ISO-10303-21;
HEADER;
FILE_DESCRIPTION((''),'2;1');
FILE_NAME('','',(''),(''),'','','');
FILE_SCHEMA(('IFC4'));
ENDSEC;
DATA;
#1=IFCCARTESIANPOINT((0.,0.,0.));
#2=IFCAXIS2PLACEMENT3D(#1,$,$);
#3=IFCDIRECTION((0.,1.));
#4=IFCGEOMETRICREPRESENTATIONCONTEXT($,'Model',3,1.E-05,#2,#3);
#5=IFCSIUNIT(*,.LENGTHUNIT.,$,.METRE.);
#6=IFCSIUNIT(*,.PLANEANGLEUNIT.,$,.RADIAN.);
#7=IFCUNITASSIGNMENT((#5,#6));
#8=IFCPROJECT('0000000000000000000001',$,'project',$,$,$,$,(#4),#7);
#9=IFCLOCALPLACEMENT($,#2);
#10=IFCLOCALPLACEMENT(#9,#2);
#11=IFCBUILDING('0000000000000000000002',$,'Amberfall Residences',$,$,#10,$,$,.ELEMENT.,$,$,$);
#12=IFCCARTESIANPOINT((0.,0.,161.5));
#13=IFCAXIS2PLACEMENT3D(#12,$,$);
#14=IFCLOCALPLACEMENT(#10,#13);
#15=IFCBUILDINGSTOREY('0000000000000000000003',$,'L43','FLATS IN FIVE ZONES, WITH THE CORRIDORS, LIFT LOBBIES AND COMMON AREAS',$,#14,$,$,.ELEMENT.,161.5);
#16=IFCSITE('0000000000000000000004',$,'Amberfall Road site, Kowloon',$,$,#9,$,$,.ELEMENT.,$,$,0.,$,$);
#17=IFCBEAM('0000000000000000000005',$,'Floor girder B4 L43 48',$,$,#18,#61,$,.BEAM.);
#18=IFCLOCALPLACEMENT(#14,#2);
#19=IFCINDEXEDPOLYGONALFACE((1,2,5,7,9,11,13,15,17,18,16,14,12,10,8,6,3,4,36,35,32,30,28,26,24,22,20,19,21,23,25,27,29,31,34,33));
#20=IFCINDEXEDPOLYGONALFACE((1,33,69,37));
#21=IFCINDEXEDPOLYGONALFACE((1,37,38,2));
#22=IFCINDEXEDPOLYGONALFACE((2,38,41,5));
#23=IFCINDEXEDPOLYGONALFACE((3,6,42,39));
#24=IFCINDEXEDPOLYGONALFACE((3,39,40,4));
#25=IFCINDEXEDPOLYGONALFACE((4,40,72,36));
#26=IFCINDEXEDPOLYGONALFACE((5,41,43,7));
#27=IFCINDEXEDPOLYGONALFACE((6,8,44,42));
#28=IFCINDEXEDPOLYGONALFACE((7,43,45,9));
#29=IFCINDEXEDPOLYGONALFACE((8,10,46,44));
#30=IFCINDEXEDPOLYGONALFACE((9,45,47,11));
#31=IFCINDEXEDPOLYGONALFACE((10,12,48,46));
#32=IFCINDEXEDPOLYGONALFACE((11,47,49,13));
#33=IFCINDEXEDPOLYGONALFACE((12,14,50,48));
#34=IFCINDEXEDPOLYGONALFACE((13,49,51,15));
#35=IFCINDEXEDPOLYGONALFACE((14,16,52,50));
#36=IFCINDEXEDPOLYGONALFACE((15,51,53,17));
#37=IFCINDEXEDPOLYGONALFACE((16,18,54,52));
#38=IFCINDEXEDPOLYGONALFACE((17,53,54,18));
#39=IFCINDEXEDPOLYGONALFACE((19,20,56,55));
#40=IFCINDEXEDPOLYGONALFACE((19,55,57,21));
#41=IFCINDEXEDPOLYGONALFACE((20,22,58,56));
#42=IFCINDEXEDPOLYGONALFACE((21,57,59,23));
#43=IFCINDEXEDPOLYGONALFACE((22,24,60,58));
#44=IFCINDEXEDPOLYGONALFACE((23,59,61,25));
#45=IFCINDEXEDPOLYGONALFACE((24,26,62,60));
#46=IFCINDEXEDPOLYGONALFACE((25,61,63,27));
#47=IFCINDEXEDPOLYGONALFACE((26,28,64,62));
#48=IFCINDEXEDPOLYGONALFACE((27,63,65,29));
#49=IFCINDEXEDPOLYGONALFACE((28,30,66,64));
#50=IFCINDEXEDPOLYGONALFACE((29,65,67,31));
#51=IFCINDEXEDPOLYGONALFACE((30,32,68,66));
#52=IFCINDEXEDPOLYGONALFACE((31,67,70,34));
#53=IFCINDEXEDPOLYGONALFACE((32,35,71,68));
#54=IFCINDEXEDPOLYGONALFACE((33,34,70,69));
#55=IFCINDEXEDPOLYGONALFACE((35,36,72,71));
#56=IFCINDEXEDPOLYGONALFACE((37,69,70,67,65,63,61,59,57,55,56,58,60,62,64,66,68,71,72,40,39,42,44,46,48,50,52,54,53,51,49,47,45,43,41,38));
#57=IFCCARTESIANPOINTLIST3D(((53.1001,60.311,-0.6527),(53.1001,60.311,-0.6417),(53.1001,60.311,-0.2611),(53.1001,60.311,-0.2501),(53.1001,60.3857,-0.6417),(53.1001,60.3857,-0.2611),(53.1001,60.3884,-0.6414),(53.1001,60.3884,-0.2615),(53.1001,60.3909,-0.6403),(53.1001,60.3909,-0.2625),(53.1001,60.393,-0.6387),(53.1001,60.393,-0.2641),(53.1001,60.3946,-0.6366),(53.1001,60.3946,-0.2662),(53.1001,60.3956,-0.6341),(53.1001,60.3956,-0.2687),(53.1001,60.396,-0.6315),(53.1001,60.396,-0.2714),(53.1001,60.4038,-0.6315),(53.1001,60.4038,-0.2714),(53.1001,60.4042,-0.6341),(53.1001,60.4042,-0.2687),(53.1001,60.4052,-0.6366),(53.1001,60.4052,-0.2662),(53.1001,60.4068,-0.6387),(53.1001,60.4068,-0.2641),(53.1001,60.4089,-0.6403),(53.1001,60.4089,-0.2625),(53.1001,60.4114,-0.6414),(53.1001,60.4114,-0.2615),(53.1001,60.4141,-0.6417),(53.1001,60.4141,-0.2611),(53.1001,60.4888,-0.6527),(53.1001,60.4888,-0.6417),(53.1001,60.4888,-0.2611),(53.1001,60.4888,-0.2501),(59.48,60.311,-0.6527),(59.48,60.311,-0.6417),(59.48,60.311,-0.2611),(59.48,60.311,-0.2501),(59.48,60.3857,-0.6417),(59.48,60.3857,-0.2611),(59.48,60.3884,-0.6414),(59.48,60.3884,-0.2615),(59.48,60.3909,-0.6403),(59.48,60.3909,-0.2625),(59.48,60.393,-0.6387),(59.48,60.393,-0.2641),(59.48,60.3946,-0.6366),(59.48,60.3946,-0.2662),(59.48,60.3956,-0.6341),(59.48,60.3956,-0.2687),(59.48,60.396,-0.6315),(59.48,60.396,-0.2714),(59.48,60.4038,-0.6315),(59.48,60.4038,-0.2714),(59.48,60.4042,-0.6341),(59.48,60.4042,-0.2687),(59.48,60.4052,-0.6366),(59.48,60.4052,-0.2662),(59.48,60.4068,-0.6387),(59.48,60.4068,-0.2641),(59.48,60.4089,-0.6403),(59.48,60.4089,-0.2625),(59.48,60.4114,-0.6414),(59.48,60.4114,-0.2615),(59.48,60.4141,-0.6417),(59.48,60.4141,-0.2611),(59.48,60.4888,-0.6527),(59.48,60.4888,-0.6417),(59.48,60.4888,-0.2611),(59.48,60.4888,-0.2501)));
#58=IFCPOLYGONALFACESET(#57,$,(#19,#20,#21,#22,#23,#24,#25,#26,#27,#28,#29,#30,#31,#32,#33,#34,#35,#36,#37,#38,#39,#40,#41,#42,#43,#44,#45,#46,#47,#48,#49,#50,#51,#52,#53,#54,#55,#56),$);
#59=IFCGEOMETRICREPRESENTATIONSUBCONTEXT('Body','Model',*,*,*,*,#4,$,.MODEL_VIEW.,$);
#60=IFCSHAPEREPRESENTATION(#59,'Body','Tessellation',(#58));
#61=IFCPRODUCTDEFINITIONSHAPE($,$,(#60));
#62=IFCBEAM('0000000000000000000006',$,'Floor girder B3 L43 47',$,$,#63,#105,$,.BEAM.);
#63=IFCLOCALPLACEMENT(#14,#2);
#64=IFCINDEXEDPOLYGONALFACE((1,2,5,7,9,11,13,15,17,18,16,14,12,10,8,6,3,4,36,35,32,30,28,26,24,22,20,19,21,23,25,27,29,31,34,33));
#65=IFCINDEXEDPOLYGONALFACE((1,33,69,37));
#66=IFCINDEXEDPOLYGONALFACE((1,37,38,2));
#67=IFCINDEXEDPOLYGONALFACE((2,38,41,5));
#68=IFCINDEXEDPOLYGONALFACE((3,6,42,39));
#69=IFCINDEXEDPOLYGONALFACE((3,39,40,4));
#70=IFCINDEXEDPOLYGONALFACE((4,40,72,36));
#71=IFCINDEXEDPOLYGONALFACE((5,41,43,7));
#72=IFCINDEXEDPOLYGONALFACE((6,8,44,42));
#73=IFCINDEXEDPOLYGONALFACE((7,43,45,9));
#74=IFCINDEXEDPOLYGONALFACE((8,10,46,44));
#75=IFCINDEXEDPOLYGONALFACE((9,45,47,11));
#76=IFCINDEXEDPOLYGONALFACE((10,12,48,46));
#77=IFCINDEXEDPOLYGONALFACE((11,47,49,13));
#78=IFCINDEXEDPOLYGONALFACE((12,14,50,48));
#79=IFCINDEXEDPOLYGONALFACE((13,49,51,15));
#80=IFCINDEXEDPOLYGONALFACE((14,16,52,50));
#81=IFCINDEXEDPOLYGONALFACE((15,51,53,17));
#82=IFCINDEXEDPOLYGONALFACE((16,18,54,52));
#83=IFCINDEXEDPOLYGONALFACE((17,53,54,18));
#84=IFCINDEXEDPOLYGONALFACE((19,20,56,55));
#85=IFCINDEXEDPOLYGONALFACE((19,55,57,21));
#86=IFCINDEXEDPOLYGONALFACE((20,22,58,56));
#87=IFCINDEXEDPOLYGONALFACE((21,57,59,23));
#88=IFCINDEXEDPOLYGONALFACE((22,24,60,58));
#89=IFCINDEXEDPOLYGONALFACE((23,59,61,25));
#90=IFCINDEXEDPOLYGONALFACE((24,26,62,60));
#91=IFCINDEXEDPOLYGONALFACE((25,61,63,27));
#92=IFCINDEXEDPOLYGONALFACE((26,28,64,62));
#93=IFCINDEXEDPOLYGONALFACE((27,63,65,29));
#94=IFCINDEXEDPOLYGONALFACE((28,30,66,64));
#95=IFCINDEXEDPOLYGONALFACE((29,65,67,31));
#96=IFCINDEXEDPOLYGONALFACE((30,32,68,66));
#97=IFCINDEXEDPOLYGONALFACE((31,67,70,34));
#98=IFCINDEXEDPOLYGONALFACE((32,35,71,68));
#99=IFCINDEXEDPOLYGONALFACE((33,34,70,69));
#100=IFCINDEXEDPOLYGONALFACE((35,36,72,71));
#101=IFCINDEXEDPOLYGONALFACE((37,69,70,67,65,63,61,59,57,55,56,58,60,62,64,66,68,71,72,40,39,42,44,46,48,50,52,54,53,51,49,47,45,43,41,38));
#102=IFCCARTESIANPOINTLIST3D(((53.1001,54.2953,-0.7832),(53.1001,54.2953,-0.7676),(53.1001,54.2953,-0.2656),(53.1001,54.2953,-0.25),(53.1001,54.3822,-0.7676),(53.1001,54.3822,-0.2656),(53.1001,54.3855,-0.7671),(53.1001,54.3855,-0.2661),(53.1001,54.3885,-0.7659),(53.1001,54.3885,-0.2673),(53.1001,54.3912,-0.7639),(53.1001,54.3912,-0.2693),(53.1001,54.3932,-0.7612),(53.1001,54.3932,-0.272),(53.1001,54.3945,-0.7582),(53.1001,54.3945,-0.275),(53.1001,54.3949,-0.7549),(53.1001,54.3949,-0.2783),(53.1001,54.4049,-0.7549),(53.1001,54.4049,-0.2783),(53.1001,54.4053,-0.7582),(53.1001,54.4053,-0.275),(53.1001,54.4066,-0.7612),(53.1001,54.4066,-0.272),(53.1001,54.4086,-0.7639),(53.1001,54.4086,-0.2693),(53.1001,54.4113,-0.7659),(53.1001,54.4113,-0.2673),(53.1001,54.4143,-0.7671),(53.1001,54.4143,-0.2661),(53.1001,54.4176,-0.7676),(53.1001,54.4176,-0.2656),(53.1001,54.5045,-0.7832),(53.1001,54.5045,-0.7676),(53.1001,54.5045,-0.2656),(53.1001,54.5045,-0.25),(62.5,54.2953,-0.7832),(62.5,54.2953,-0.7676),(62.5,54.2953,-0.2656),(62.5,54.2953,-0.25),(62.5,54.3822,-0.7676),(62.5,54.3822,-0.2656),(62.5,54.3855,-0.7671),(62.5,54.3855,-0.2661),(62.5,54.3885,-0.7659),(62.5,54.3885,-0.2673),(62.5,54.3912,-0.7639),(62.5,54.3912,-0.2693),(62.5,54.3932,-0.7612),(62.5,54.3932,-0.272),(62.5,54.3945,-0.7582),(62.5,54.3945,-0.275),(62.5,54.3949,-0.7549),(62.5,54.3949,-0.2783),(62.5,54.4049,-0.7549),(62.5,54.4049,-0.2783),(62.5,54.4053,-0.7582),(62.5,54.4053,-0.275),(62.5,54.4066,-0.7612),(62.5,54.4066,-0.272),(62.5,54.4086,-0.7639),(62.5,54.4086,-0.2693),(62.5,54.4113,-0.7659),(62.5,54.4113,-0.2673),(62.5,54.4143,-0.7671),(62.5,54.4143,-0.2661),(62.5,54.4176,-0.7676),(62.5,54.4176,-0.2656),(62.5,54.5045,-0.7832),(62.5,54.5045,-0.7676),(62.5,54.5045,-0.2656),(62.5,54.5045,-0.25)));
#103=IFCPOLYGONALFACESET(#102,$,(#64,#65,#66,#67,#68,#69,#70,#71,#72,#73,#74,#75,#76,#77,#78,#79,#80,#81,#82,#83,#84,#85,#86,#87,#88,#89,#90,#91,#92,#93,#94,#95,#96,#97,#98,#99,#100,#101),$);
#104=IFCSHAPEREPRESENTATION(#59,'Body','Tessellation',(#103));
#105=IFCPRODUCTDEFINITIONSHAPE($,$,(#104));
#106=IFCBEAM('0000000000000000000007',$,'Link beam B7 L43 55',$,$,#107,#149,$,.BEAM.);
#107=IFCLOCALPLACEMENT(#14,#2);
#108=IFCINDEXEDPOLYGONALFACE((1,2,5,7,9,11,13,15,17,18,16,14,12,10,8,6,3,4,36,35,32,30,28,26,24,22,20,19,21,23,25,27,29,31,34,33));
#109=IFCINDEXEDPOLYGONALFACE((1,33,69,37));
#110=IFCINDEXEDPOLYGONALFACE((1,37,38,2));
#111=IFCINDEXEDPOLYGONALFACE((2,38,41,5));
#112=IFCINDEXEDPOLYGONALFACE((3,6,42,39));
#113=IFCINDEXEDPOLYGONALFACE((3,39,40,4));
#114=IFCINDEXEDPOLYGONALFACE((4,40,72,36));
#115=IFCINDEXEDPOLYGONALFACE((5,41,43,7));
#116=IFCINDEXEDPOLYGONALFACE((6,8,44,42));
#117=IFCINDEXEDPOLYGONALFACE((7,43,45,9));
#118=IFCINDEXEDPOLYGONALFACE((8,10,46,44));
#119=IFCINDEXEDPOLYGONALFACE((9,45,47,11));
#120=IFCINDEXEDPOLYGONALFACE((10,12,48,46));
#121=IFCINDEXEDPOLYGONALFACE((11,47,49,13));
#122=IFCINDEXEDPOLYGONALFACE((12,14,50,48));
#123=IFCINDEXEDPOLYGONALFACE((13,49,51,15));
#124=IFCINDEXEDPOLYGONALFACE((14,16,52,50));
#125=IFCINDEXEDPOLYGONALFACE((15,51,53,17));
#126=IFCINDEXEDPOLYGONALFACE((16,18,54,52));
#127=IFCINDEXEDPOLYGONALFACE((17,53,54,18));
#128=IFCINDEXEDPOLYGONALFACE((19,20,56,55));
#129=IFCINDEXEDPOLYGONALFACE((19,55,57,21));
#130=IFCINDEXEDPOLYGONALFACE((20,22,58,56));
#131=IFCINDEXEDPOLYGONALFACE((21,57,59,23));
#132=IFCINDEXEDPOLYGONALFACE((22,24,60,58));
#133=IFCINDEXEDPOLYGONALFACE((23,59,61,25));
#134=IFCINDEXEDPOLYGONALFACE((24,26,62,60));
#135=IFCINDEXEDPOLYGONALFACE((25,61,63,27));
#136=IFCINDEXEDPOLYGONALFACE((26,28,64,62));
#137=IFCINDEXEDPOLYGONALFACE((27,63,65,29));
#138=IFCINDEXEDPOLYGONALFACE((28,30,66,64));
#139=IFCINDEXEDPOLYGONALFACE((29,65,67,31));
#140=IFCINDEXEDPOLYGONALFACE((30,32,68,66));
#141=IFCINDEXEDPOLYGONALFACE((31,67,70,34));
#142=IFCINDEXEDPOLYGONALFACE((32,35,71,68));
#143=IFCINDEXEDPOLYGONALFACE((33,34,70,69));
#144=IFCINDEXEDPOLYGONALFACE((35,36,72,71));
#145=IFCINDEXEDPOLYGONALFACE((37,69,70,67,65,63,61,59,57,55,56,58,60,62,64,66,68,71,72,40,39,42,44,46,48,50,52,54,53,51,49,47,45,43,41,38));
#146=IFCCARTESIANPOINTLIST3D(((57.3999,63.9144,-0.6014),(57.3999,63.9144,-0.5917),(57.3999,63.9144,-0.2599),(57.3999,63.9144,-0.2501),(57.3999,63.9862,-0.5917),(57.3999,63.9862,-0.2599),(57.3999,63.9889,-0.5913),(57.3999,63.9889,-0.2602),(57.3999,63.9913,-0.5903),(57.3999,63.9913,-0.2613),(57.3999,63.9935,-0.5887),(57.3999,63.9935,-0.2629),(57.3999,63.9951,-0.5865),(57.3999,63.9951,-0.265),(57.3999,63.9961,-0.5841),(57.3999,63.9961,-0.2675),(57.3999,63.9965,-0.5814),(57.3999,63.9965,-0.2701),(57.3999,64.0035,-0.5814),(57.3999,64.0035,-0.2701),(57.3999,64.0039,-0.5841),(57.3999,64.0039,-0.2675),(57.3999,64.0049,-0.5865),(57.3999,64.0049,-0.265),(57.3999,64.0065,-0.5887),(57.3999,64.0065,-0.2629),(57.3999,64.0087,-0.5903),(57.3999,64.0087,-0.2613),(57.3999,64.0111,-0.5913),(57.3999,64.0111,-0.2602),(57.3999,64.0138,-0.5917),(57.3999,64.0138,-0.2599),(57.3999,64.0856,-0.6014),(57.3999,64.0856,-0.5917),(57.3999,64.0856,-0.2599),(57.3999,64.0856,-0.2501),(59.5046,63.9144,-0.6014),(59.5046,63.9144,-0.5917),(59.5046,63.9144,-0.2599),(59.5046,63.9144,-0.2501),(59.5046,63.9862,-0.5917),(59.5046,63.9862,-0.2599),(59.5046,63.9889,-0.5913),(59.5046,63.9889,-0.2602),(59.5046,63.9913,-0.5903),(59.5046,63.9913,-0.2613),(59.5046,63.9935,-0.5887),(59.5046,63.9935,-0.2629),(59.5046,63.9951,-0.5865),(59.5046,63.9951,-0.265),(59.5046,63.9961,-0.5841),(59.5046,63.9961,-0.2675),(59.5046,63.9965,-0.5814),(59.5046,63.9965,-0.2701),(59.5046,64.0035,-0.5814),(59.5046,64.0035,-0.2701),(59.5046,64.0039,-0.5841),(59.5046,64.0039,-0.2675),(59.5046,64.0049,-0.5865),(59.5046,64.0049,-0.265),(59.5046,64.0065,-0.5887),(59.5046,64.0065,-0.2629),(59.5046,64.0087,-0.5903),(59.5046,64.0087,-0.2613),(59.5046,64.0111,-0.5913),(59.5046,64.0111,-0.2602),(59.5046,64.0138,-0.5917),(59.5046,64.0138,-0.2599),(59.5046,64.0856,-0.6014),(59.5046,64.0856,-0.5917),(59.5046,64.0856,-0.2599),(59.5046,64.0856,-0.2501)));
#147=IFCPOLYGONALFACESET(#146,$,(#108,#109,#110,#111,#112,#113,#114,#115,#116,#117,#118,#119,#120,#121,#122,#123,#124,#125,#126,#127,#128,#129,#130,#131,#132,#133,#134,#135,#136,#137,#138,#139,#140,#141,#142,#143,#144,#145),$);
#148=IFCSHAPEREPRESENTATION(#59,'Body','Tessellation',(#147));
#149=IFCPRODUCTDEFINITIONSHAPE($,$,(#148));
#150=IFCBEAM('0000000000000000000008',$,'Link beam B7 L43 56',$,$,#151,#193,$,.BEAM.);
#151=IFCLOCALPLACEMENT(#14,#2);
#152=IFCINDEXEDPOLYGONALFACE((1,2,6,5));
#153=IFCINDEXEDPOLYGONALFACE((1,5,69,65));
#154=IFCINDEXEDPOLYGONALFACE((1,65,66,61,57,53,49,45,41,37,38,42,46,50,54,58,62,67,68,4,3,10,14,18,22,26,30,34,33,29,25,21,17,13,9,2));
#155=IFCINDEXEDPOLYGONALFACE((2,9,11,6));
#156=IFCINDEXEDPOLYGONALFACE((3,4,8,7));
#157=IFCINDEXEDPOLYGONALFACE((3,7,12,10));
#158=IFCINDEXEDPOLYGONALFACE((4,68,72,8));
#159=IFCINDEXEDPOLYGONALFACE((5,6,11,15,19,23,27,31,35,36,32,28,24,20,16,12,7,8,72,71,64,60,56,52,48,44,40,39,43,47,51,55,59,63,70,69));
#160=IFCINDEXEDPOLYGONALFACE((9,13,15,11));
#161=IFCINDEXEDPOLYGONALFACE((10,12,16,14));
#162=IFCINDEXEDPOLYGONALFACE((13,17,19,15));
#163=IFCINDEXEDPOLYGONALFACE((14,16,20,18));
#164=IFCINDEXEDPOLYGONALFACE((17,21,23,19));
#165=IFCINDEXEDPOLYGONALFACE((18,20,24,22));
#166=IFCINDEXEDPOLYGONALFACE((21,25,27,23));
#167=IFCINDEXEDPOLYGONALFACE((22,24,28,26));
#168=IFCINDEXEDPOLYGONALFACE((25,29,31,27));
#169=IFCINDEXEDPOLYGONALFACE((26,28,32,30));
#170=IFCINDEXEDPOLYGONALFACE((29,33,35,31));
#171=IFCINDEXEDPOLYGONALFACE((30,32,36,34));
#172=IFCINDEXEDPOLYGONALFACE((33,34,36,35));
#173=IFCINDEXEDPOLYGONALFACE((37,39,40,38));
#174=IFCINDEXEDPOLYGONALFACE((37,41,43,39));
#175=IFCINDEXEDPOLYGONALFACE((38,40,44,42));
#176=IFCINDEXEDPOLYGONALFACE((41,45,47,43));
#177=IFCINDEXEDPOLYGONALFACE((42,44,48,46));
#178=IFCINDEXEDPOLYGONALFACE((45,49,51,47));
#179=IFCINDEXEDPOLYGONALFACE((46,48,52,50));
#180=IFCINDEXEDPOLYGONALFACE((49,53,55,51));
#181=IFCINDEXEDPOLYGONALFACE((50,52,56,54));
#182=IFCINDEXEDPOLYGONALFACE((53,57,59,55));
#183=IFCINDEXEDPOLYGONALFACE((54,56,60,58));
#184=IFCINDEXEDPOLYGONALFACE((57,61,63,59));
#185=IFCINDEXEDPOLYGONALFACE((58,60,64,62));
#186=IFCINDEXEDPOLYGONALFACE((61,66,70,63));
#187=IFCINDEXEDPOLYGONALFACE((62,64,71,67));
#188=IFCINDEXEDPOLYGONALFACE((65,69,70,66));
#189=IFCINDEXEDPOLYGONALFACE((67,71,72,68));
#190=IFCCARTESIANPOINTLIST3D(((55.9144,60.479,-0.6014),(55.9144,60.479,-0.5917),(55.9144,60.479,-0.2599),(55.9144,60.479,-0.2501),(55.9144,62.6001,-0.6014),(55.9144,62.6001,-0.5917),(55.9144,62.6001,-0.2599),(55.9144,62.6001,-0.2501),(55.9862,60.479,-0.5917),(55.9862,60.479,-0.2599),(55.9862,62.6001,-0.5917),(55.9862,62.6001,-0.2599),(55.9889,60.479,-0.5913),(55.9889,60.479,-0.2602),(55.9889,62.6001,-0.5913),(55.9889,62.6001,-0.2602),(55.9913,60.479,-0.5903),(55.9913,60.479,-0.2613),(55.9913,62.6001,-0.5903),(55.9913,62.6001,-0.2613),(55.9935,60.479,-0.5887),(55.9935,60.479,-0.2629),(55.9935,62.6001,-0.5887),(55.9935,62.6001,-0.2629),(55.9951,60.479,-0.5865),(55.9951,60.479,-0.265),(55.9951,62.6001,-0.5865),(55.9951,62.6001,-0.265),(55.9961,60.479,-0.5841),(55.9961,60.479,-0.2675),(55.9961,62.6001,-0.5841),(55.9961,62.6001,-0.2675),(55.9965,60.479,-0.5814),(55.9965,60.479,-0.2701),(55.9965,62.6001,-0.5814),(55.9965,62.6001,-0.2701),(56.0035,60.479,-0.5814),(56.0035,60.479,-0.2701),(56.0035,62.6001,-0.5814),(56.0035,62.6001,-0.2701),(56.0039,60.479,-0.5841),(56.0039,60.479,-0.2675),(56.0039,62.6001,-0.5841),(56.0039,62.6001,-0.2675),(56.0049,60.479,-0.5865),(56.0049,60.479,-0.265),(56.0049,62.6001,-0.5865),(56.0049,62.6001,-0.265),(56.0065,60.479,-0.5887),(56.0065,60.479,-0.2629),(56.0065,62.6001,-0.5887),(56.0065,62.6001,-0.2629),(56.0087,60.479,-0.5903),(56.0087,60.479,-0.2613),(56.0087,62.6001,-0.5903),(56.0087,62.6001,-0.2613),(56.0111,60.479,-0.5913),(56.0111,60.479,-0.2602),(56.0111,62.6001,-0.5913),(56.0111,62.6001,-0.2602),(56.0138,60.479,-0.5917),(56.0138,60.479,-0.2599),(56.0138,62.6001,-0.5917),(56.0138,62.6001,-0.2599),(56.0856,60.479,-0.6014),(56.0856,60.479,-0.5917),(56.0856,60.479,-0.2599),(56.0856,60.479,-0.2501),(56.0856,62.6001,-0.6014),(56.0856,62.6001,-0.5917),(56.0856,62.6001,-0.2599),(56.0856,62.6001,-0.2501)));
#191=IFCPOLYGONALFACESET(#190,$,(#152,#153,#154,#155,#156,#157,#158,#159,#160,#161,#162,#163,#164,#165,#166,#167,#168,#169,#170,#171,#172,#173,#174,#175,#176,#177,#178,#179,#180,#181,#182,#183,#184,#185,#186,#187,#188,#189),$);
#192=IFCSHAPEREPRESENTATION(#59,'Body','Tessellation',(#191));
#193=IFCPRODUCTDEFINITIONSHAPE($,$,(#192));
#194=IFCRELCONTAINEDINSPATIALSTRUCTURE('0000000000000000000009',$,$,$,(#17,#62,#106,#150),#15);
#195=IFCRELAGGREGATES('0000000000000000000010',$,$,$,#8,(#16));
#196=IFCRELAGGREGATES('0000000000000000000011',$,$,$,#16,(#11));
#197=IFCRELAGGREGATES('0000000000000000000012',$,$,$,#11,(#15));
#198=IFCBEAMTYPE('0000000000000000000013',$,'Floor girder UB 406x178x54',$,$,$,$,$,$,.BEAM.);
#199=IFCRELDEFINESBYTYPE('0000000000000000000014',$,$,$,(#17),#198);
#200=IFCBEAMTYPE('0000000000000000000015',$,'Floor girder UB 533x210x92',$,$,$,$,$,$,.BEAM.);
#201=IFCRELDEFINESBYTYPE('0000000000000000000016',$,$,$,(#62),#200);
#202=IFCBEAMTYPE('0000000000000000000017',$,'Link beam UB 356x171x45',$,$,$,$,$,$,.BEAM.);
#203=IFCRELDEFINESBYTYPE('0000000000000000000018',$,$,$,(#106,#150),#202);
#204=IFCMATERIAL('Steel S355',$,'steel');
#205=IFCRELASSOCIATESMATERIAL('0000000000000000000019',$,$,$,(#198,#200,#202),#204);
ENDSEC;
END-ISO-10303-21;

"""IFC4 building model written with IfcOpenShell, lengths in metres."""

from ifc_helpers import new_model, si_unit, direction, frame, origin, origin_2d, place, context, subcontext, project, spatial, i_section, extrude, material, material_profile, profile_set, type_object, element, save


model = new_model("IFC4")

# Units and contexts
model_context = context("Model", 3, precision=1e-05, world=origin(), true_north=direction((0.0, 1.0)))
body_context = subcontext(model_context, "Body", "Model", "MODEL_VIEW")
ifc_project = project(units=[si_unit("LENGTHUNIT", "METRE"), si_unit("PLANEANGLEUNIT", "RADIAN")], contexts=[model_context])

# Site, building, storey
site_placement = place(None, origin())
site = spatial("IfcSite", under=ifc_project, at=site_placement, Name="Amberfall Road site, Kowloon", CompositionType="ELEMENT", RefElevation=0.0)
building_placement = place(site_placement, origin())
building = spatial("IfcBuilding", under=site, at=building_placement, Name="Amberfall Residences", CompositionType="ELEMENT")
storey_placement = place(building_placement, frame((0.0, 0.0, 161.5)))
storey = spatial("IfcBuildingStorey", under=building, at=storey_placement, Name="L43", Description="FLATS IN FIVE ZONES, WITH THE CORRIDORS, LIFT LOBBIES AND COMMON AREAS", CompositionType="ELEMENT", Elevation=161.5)

# Shared definitions
ifc_material_1 = material(Name="Steel S355", Category="steel")

# Beams
ifc_material_profile_1 = material_profile(ifc_material_1, i_section(OverallWidth=0.1777, OverallDepth=0.4026, WebThickness=0.0078, FlangeThickness=0.011, FilletRadius=0.0103, at=origin_2d()), Name="UB 406x178x54")
ifc_profile_set_1 = profile_set([ifc_material_profile_1], Name="Steel S355")
beam_type_1 = type_object("IfcBeamType", Name="Floor girder UB 406x178x54", PredefinedType="BEAM", material=ifc_profile_set_1)
beam_1_placement = place(storey_placement, frame((53.1001, 60.3999, -0.4514), z_axis=(1.0, 0.0, 0.0), x_axis=(0.0, 1.0, 0.0)))
element("IfcBeam", 1, at=beam_1_placement, inside=storey, type_object=beam_type_1, Name="Floor girder B4 L43 48", PredefinedType="BEAM", context=body_context, shape_type="SweptSolid", body=[
    extrude(i_section(OverallWidth=0.1777, OverallDepth=0.4026, WebThickness=0.0078, FlangeThickness=0.011, FilletRadius=0.0103, at=origin_2d()), origin(), (0.0, 0.0, 1.0), 6.3799),
])
ifc_material_profile_2 = material_profile(ifc_material_1, i_section(OverallWidth=0.2092, OverallDepth=0.5332, WebThickness=0.01, FlangeThickness=0.0156, FilletRadius=0.0127, at=origin_2d()), Name="UB 533x210x92")
ifc_profile_set_2 = profile_set([ifc_material_profile_2], Name="Steel S355")
beam_type_2 = type_object("IfcBeamType", Name="Floor girder UB 533x210x92", PredefinedType="BEAM", material=ifc_profile_set_2)
beam_2_placement = place(storey_placement, frame((53.1001, 54.3999, -0.5166), z_axis=(1.0, 0.0, 0.0), x_axis=(0.0, 1.0, 0.0)))
element("IfcBeam", 2, at=beam_2_placement, inside=storey, type_object=beam_type_2, Name="Floor girder B3 L43 47", PredefinedType="BEAM", context=body_context, shape_type="SweptSolid", body=[
    extrude(i_section(OverallWidth=0.2092, OverallDepth=0.5332, WebThickness=0.01, FlangeThickness=0.0156, FilletRadius=0.0127, at=origin_2d()), origin(), (0.0, 0.0, 1.0), 9.3999),
])
ifc_material_profile_3 = material_profile(ifc_material_1, i_section(OverallWidth=0.1711, OverallDepth=0.3513, WebThickness=0.0071, FlangeThickness=0.0098, FilletRadius=0.0103, at=origin_2d()), Name="UB 356x171x45")
ifc_profile_set_3 = profile_set([ifc_material_profile_3], Name="Steel S355")
beam_type_3 = type_object("IfcBeamType", Name="Link beam UB 356x171x45", PredefinedType="BEAM", material=ifc_profile_set_3)
beam_3_placement = place(storey_placement, frame((57.3999, 64.0, -0.4258), z_axis=(1.0, 0.0, 0.0), x_axis=(0.0, 1.0, 0.0)))
element("IfcBeam", 3, at=beam_3_placement, inside=storey, type_object=beam_type_3, Name="Link beam B7 L43 55", PredefinedType="BEAM", context=body_context, shape_type="SweptSolid", body=[
    extrude(i_section(OverallWidth=0.1711, OverallDepth=0.3513, WebThickness=0.0071, FlangeThickness=0.0098, FilletRadius=0.0103, at=origin_2d()), origin(), (0.0, 0.0, 1.0), 2.1047),
])
beam_4_placement = place(storey_placement, frame((56.0, 62.6001, -0.4258), z_axis=(0.0, -1.0, 0.0), x_axis=(1.0, 0.0, 0.0)))
element("IfcBeam", 4, at=beam_4_placement, inside=storey, type_object=beam_type_3, Name="Link beam B7 L43 56", PredefinedType="BEAM", context=body_context, shape_type="SweptSolid", body=[
    extrude(i_section(OverallWidth=0.1711, OverallDepth=0.3513, WebThickness=0.0071, FlangeThickness=0.0098, FilletRadius=0.0103, at=origin_2d()), origin(), (0.0, 0.0, 1.0), 2.1211),
])

save(model, "model.ifc")
